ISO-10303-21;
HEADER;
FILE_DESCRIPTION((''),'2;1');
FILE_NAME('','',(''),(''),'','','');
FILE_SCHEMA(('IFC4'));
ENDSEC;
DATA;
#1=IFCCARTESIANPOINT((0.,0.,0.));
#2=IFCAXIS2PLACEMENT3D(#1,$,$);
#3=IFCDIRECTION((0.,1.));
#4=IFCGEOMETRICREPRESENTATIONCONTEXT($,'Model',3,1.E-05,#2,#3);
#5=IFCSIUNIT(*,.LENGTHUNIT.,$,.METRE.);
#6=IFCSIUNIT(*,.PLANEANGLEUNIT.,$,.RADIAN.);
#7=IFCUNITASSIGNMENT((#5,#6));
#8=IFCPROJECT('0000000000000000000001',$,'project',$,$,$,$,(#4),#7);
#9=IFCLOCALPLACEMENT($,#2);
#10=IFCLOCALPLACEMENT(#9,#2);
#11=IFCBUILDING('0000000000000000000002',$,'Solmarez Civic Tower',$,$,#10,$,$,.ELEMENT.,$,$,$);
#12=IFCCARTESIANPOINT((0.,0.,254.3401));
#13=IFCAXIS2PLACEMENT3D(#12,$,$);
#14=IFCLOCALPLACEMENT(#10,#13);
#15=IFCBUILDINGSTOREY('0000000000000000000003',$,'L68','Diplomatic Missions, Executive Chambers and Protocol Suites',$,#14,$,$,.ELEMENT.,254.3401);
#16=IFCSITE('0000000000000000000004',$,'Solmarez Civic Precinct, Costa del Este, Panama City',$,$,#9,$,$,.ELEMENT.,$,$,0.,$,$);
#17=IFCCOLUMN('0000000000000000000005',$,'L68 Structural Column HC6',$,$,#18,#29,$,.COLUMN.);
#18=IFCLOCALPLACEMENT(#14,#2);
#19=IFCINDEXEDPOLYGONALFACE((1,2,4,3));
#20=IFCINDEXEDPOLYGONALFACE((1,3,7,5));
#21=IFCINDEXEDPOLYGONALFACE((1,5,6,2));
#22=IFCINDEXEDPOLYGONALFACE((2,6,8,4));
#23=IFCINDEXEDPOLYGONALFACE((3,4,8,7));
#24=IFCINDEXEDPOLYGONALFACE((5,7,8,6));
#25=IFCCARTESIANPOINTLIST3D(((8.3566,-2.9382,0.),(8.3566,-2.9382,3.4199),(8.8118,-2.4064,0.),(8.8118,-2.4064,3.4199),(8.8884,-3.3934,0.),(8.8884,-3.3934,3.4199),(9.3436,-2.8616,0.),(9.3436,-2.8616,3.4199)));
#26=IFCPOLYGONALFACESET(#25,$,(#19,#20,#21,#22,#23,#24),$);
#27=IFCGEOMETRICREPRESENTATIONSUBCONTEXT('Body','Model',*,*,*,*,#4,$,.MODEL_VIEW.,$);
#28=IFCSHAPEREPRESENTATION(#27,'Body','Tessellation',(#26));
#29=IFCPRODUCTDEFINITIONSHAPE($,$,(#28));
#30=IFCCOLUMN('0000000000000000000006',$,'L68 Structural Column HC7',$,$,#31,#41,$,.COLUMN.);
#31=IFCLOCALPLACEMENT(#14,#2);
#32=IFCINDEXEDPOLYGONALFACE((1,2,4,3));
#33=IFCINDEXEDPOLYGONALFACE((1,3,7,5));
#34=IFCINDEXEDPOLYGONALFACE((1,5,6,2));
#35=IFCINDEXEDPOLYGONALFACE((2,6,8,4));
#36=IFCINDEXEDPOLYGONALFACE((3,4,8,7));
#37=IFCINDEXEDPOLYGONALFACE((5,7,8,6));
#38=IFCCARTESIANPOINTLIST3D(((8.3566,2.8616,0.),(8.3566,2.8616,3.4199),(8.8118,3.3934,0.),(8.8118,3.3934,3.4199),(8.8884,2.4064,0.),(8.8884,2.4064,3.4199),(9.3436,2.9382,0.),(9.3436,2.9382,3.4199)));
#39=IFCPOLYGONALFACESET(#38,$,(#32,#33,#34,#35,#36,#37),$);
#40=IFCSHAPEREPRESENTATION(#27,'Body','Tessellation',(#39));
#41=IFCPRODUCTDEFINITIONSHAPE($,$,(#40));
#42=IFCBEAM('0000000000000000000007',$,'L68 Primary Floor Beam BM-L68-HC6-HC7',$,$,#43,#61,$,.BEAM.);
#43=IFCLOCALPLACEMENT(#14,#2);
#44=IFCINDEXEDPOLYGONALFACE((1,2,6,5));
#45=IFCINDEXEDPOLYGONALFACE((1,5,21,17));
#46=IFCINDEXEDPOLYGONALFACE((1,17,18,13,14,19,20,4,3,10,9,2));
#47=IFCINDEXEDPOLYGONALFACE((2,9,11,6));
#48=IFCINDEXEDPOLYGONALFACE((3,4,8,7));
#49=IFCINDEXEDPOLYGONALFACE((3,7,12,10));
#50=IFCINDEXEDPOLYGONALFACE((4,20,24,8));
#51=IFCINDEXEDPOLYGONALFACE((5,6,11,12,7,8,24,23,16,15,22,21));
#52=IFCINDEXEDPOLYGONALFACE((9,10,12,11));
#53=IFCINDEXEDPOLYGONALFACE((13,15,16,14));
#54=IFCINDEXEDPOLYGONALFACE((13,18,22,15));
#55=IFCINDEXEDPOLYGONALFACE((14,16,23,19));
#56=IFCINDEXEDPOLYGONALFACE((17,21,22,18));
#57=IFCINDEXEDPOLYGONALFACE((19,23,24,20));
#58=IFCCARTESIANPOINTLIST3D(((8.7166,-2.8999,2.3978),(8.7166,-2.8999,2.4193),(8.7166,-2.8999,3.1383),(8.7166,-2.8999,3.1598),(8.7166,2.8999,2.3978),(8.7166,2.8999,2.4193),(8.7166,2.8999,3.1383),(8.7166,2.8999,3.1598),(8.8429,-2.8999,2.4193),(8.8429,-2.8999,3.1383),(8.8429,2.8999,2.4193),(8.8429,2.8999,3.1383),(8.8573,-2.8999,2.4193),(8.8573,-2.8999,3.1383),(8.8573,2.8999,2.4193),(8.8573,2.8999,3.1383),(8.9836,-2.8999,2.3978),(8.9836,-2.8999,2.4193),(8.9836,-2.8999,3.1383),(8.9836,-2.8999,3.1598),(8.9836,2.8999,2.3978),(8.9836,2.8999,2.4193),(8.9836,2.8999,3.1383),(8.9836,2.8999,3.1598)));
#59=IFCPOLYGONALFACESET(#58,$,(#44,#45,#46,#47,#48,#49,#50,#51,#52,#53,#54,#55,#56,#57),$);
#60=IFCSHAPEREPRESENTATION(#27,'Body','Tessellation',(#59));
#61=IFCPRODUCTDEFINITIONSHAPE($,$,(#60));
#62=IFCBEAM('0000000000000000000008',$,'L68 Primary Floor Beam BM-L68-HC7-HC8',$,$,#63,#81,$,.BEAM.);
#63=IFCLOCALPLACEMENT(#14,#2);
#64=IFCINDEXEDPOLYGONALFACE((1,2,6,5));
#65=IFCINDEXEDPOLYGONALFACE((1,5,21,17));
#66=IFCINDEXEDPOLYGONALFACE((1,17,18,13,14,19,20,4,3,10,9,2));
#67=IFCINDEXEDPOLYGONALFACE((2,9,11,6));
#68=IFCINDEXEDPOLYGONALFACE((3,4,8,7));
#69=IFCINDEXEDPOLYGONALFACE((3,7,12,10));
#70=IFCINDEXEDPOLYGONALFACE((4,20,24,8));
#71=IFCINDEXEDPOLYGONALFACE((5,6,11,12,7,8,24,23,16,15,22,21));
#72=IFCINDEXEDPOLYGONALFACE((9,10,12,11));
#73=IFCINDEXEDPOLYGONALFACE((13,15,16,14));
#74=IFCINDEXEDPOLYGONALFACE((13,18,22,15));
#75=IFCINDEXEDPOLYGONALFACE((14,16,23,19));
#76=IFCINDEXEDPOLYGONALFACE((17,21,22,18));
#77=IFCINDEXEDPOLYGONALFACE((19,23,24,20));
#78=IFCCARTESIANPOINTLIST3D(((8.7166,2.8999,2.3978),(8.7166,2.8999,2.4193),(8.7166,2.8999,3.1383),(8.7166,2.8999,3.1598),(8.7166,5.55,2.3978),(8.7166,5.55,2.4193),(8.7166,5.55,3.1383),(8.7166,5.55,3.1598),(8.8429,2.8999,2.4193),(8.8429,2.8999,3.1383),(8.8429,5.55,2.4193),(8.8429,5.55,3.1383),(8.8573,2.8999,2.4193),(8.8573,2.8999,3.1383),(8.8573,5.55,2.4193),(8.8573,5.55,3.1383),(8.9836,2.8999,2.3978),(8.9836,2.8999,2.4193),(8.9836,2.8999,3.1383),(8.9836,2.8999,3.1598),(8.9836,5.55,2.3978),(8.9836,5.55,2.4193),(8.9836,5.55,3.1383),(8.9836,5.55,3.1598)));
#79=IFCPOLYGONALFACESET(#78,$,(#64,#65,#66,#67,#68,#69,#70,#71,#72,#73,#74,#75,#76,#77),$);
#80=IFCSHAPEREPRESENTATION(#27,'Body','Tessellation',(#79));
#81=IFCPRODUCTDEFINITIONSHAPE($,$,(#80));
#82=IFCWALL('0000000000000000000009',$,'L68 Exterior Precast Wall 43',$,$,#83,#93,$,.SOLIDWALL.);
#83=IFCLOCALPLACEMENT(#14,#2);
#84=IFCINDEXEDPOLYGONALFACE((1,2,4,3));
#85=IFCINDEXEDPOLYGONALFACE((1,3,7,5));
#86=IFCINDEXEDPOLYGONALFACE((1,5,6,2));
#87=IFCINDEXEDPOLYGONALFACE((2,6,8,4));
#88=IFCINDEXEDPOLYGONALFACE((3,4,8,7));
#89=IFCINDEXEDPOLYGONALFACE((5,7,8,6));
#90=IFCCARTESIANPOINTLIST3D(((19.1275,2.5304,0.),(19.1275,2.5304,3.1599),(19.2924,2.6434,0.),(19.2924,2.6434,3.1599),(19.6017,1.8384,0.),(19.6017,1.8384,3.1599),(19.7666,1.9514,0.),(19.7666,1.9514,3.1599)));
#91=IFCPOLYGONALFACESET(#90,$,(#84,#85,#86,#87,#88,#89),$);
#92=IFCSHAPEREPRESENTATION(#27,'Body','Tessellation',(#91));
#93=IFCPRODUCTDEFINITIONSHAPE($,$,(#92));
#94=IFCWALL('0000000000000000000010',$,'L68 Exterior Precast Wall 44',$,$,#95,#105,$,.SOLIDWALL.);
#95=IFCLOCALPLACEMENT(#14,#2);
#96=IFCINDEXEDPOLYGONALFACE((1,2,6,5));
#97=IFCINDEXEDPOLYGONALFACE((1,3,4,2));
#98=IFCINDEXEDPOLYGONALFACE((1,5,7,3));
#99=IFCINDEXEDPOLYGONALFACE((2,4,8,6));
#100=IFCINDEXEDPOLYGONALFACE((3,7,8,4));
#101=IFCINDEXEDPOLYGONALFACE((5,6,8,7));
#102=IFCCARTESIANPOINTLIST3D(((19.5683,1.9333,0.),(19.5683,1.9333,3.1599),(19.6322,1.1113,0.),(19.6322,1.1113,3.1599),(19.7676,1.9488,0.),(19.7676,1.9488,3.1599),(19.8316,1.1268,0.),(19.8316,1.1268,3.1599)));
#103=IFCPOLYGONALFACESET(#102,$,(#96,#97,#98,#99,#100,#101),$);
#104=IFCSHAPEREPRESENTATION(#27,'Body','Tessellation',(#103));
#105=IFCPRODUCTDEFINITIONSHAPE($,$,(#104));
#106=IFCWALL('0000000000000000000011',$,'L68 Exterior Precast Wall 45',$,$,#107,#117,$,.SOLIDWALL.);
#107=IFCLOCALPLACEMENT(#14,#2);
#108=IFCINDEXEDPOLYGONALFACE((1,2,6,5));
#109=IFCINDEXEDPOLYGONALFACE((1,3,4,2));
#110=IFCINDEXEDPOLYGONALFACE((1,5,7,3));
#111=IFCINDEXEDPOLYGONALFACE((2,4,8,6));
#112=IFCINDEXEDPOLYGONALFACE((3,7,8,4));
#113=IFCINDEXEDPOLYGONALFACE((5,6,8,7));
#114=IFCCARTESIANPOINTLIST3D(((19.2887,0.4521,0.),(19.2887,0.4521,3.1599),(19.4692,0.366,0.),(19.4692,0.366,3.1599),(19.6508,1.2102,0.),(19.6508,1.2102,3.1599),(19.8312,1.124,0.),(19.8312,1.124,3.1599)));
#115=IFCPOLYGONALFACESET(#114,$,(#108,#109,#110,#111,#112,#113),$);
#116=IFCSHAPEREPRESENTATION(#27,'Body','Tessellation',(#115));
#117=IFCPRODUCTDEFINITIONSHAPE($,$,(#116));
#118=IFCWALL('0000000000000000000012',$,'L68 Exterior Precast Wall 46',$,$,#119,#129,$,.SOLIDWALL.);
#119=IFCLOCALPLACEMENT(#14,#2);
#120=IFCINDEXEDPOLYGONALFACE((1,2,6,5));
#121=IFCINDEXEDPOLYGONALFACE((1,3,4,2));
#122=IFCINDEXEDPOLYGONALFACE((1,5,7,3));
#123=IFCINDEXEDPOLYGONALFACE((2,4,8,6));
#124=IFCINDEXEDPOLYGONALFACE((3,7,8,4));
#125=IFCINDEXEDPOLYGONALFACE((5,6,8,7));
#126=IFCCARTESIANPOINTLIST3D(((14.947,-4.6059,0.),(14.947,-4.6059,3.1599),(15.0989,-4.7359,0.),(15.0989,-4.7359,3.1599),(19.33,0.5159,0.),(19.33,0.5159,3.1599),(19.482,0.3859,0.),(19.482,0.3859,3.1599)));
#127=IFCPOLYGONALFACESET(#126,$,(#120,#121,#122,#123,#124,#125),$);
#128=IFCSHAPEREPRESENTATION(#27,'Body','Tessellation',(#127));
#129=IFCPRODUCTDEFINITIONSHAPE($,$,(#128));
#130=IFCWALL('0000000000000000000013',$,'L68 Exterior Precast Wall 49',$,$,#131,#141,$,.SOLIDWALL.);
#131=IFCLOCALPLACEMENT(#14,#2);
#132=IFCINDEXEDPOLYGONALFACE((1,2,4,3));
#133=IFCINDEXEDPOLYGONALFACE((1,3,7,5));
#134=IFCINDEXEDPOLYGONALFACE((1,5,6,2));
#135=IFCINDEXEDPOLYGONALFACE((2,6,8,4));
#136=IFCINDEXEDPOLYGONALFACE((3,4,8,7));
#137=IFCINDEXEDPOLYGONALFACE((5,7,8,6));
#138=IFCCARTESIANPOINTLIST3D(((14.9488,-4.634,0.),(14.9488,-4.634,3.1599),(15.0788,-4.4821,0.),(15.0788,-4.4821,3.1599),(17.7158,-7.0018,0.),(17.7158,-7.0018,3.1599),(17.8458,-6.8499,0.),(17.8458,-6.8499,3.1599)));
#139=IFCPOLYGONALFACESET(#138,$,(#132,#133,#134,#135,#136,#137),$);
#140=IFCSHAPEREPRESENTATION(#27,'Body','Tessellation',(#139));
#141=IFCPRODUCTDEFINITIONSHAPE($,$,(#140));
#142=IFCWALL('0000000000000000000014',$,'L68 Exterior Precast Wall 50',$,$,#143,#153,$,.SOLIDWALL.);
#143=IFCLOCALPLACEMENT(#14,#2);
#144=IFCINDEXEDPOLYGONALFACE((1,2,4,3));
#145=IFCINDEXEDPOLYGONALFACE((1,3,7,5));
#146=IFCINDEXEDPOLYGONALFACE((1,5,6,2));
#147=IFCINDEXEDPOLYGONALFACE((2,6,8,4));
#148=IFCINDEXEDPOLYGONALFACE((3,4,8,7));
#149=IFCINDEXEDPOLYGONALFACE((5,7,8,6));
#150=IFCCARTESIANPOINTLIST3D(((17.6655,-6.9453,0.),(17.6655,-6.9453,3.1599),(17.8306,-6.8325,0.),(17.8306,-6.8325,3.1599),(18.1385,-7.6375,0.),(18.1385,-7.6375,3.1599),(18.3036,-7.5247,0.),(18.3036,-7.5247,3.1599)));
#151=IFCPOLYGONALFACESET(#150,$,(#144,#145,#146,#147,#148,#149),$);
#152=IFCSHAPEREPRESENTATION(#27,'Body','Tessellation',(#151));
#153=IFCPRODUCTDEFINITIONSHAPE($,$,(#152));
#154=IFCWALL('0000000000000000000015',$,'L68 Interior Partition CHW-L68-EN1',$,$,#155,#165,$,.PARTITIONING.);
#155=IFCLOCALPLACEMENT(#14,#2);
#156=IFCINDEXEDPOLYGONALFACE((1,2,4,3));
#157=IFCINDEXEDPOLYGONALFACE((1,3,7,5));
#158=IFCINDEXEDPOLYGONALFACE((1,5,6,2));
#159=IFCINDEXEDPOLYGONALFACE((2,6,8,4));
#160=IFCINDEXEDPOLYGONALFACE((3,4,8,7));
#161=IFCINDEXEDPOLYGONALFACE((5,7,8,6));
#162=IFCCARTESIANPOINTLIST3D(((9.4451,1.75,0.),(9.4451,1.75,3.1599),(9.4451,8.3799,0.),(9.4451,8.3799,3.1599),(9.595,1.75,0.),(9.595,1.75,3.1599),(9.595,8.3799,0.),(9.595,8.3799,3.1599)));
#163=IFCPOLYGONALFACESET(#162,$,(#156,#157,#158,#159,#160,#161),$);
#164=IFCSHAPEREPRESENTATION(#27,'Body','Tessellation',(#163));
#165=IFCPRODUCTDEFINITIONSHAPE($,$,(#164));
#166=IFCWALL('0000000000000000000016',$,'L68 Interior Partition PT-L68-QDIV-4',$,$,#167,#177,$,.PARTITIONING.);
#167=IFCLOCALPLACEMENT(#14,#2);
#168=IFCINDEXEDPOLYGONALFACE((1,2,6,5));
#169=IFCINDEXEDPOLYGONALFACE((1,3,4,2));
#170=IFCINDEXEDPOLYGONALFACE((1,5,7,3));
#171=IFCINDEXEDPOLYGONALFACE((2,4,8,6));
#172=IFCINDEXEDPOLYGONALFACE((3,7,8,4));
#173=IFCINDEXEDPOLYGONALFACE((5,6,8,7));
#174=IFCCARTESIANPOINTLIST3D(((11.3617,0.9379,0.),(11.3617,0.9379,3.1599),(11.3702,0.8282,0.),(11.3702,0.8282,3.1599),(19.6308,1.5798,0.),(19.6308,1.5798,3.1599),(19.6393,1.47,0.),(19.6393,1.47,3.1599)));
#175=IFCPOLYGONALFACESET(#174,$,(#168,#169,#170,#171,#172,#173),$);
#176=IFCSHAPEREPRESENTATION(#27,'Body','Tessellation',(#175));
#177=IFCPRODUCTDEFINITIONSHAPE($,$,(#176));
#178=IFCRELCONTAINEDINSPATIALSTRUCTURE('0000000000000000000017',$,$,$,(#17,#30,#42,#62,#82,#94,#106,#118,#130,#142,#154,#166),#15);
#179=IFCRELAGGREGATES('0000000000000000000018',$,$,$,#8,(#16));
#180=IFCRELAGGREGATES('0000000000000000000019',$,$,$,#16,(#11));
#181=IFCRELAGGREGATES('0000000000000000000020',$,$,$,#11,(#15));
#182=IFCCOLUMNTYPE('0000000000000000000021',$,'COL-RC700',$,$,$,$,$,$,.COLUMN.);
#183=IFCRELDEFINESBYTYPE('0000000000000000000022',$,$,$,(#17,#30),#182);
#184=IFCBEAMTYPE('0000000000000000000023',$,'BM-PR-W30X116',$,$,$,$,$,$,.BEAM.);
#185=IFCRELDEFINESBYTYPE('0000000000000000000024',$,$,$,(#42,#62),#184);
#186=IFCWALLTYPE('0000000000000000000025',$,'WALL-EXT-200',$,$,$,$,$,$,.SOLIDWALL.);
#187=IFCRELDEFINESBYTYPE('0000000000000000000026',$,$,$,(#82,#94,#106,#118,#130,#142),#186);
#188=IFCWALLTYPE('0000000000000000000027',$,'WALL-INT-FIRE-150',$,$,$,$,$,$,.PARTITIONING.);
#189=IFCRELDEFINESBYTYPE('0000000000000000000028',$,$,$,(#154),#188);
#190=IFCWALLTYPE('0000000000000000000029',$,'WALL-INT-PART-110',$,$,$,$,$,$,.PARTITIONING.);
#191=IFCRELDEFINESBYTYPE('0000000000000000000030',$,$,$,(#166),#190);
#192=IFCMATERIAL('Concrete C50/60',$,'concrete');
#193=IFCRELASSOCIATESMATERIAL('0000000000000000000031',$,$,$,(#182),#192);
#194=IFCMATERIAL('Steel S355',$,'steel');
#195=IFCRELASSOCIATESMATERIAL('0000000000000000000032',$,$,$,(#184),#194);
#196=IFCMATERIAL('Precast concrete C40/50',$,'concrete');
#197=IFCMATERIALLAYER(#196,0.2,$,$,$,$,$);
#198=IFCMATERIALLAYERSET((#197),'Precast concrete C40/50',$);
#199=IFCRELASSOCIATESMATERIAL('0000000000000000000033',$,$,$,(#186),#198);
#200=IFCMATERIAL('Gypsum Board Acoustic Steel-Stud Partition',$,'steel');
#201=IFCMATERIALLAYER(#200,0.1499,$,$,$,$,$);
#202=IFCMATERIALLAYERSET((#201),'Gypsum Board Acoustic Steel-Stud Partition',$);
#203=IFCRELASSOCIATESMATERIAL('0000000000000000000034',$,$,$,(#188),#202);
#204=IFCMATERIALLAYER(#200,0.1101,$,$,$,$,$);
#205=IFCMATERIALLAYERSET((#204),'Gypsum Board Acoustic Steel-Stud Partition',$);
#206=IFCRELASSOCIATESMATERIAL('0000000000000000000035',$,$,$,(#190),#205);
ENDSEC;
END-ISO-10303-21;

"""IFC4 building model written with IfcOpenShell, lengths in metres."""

from ifc_helpers import new_model, si_unit, direction, frame, frame_2d, origin, origin_2d, place, context, subcontext, project, spatial, rectangle, i_section, extrude, material, layer, layer_set, material_profile, profile_set, type_object, element, save


model = new_model("IFC4")

# Units and contexts
model_context = context("Model", 3, precision=1e-05, world=origin(), true_north=direction((0.0, 1.0)))
body_context = subcontext(model_context, "Body", "Model", "MODEL_VIEW")
ifc_project = project(units=[si_unit("LENGTHUNIT", "METRE"), si_unit("PLANEANGLEUNIT", "RADIAN")], contexts=[model_context])

# Site, building, storey
site_placement = place(None, origin())
site = spatial("IfcSite", under=ifc_project, at=site_placement, Name="Solmarez Civic Precinct, Costa del Este, Panama City", CompositionType="ELEMENT", RefElevation=0.0)
building_placement = place(site_placement, origin())
building = spatial("IfcBuilding", under=site, at=building_placement, Name="Solmarez Civic Tower", CompositionType="ELEMENT")
storey_placement = place(building_placement, frame((0.0, 0.0, 254.3401)))
storey = spatial("IfcBuildingStorey", under=building, at=storey_placement, Name="L68", Description="Diplomatic Missions, Executive Chambers and Protocol Suites", CompositionType="ELEMENT", Elevation=254.3401)

# Columns
ifc_material_1 = material(Name="Concrete C50/60", Category="concrete")
ifc_material_profile_1 = material_profile(ifc_material_1, rectangle(XDim=0.7, YDim=0.7, at=origin_2d()), Name="RC700X700")
ifc_profile_set_1 = profile_set([ifc_material_profile_1], Name="Concrete C50/60")
column_type = type_object("IfcColumnType", Name="COL-RC700", PredefinedType="COLUMN", material=ifc_profile_set_1)
for number, where, z_axis, x_axis, name in (
    (1, (8.8501, -2.8999, 0.0), (0.0, 0.0, 1.0), (0.650244, 0.759725, 0.0), "L68 Structural Column HC6"),
    (2, (8.8501, 2.8999, 0.0), (0.0, 0.0, 1.0), (0.650244, 0.759725, 0.0), "L68 Structural Column HC7"),
):
    element("IfcColumn", number, at=place(storey_placement, frame(where, z_axis=z_axis, x_axis=x_axis)), inside=storey, type_object=column_type, Name=name, PredefinedType="COLUMN", context=body_context, shape_type="SweptSolid", body=[
        extrude(rectangle(XDim=0.7, YDim=0.7, at=origin_2d()), origin(), (0.0, 0.0, 1.0), 3.4199),
    ])

# Beams
ifc_material_2 = material(Name="Steel S355", Category="steel")
ifc_material_profile_2 = material_profile(ifc_material_2, i_section(OverallWidth=0.2671, OverallDepth=0.762, WebThickness=0.0144, FlangeThickness=0.0215, at=origin_2d()), Name="W30X116")
ifc_profile_set_2 = profile_set([ifc_material_profile_2], Name="Steel S355")
beam_type = type_object("IfcBeamType", Name="BM-PR-W30X116", PredefinedType="BEAM", material=ifc_profile_set_2)
beam_1_placement = place(storey_placement, frame((8.8501, -2.8999, 2.7788), z_axis=(0.0, 1.0, 0.0), x_axis=(-1.0, 0.0, 0.0)))
element("IfcBeam", 3, at=beam_1_placement, inside=storey, type_object=beam_type, Name="L68 Primary Floor Beam BM-L68-HC6-HC7", PredefinedType="BEAM", context=body_context, shape_type="SweptSolid", body=[
    extrude(i_section(OverallWidth=0.2671, OverallDepth=0.762, WebThickness=0.0144, FlangeThickness=0.0215, at=origin_2d()), origin(), (0.0, 0.0, 1.0), 5.7998),
])
beam_2_placement = place(storey_placement, frame((8.8501, 2.8999, 2.7788), z_axis=(0.0, 1.0, 0.0), x_axis=(-1.0, 0.0, 0.0)))
element("IfcBeam", 4, at=beam_2_placement, inside=storey, type_object=beam_type, Name="L68 Primary Floor Beam BM-L68-HC7-HC8", PredefinedType="BEAM", context=body_context, shape_type="SweptSolid", body=[
    extrude(i_section(OverallWidth=0.2671, OverallDepth=0.762, WebThickness=0.0144, FlangeThickness=0.0215, at=origin_2d()), origin(), (0.0, 0.0, 1.0), 2.6501),
])

# Walls
ifc_material_3 = material(Name="Precast concrete C40/50", Category="concrete")
ifc_layer_1 = layer(ifc_material_3, 0.2)
ifc_layer_set_1 = layer_set([ifc_layer_1], Name="Precast concrete C40/50")
wall_type_1 = type_object("IfcWallType", Name="WALL-EXT-200", PredefinedType="SOLIDWALL", material=ifc_layer_set_1)
wall_1_placement = place(storey_placement, frame((19.21, 2.5869, 0.0), z_axis=(0.0, 0.0, 1.0), x_axis=(0.565268, -0.824907, 0.0)))
element("IfcWall", 5, at=wall_1_placement, inside=storey, type_object=wall_type_1, Name="L68 Exterior Precast Wall 43", PredefinedType="SOLIDWALL", context=body_context, shape_type="SweptSolid", body=[
    extrude(rectangle(XDim=0.8389, YDim=0.2, at=frame_2d((0.4194, 0.0))), origin(), (0.0, 0.0, 1.0), 3.1599),
])
wall_2_placement = place(storey_placement, frame((19.668, 1.9409, 0.0), z_axis=(0.0, 0.0, 1.0), x_axis=(0.07758, -0.996986, 0.0)))
element("IfcWall", 6, at=wall_2_placement, inside=storey, type_object=wall_type_1, Name="L68 Exterior Precast Wall 44", PredefinedType="SOLIDWALL", context=body_context, shape_type="SweptSolid", body=[
    extrude(rectangle(XDim=0.8245, YDim=0.2, at=frame_2d((0.4121, 0.0))), origin(), (0.0, 0.0, 1.0), 3.1599),
])
wall_3_placement = place(storey_placement, frame((19.741, 1.167, 0.0), z_axis=(0.0, 0.0, 1.0), x_axis=(-0.430982, -0.90236, 0.0)))
element("IfcWall", 7, at=wall_3_placement, inside=storey, type_object=wall_type_1, Name="L68 Exterior Precast Wall 45", PredefinedType="SOLIDWALL", context=body_context, shape_type="SweptSolid", body=[
    extrude(rectangle(XDim=0.8401, YDim=0.2, at=frame_2d((0.4199, 0.0))), origin(), (0.0, 0.0, 1.0), 3.1599),
])
wall_4_placement = place(storey_placement, frame((19.406, 0.4509, 0.0), z_axis=(0.0, 0.0, 1.0), x_axis=(-0.650186, -0.759775, 0.0)))
element("IfcWall", 8, at=wall_4_placement, inside=storey, type_object=wall_type_1, Name="L68 Exterior Precast Wall 46", PredefinedType="SOLIDWALL", context=body_context, shape_type="SweptSolid", body=[
    extrude(rectangle(XDim=6.7412, YDim=0.2, at=frame_2d((3.3706, 0.0))), origin(), (0.0, 0.0, 1.0), 3.1599),
])
wall_5_placement = place(storey_placement, frame((15.0139, -4.5581, 0.0), z_axis=(0.0, 0.0, 1.0), x_axis=(0.759782, -0.650178, 0.0)))
element("IfcWall", 9, at=wall_5_placement, inside=storey, type_object=wall_type_1, Name="L68 Exterior Precast Wall 49", PredefinedType="SOLIDWALL", context=body_context, shape_type="SweptSolid", body=[
    extrude(rectangle(XDim=3.6418, YDim=0.2, at=frame_2d((1.8208, 0.0))), origin(), (0.0, 0.0, 1.0), 3.1599),
])
wall_6_placement = place(storey_placement, frame((17.748, -6.8889, 0.0), z_axis=(0.0, 0.0, 1.0), x_axis=(0.564141, -0.825679, 0.0)))
element("IfcWall", 10, at=wall_6_placement, inside=storey, type_object=wall_type_1, Name="L68 Exterior Precast Wall 50", PredefinedType="SOLIDWALL", context=body_context, shape_type="SweptSolid", body=[
    extrude(rectangle(XDim=0.8384, YDim=0.2, at=frame_2d((0.4192, 0.0))), origin(), (0.0, 0.0, 1.0), 3.1599),
])
ifc_material_4 = material(Name="Gypsum Board Acoustic Steel-Stud Partition", Category="steel")
ifc_layer_2 = layer(ifc_material_4, 0.1499)
ifc_layer_set_2 = layer_set([ifc_layer_2], Name="Gypsum Board Acoustic Steel-Stud Partition")
wall_type_2 = type_object("IfcWallType", Name="WALL-INT-FIRE-150", PredefinedType="PARTITIONING", material=ifc_layer_set_2)
wall_7_placement = place(storey_placement, frame((9.52, 1.75, 0.0), z_axis=(0.0, 0.0, 1.0), x_axis=(0.0, 1.0, 0.0)))
element("IfcWall", 11, at=wall_7_placement, inside=storey, type_object=wall_type_2, Name="L68 Interior Partition CHW-L68-EN1", PredefinedType="PARTITIONING", context=body_context, shape_type="SweptSolid", body=[
    extrude(rectangle(XDim=6.6299, YDim=0.1499, at=frame_2d((3.3149, 0.0))), origin(), (0.0, 0.0, 1.0), 3.1599),
])
ifc_layer_3 = layer(ifc_material_4, 0.1101)
ifc_layer_set_3 = layer_set([ifc_layer_3], Name="Gypsum Board Acoustic Steel-Stud Partition")
wall_type_3 = type_object("IfcWallType", Name="WALL-INT-PART-110", PredefinedType="PARTITIONING", material=ifc_layer_set_3)
wall_8_placement = place(storey_placement, frame((11.366, 0.8831, 0.0), z_axis=(0.0, 0.0, 1.0), x_axis=(0.997001, 0.077388, 0.0)))
element("IfcWall", 12, at=wall_8_placement, inside=storey, type_object=wall_type_3, Name="L68 Interior Partition PT-L68-QDIV-4", PredefinedType="PARTITIONING", context=body_context, shape_type="SweptSolid", body=[
    extrude(rectangle(XDim=8.2939, YDim=0.1101, at=frame_2d((4.147, 0.0))), origin(), (0.0, 0.0, 1.0), 3.1599),
])

save(model, "model.ifc")
